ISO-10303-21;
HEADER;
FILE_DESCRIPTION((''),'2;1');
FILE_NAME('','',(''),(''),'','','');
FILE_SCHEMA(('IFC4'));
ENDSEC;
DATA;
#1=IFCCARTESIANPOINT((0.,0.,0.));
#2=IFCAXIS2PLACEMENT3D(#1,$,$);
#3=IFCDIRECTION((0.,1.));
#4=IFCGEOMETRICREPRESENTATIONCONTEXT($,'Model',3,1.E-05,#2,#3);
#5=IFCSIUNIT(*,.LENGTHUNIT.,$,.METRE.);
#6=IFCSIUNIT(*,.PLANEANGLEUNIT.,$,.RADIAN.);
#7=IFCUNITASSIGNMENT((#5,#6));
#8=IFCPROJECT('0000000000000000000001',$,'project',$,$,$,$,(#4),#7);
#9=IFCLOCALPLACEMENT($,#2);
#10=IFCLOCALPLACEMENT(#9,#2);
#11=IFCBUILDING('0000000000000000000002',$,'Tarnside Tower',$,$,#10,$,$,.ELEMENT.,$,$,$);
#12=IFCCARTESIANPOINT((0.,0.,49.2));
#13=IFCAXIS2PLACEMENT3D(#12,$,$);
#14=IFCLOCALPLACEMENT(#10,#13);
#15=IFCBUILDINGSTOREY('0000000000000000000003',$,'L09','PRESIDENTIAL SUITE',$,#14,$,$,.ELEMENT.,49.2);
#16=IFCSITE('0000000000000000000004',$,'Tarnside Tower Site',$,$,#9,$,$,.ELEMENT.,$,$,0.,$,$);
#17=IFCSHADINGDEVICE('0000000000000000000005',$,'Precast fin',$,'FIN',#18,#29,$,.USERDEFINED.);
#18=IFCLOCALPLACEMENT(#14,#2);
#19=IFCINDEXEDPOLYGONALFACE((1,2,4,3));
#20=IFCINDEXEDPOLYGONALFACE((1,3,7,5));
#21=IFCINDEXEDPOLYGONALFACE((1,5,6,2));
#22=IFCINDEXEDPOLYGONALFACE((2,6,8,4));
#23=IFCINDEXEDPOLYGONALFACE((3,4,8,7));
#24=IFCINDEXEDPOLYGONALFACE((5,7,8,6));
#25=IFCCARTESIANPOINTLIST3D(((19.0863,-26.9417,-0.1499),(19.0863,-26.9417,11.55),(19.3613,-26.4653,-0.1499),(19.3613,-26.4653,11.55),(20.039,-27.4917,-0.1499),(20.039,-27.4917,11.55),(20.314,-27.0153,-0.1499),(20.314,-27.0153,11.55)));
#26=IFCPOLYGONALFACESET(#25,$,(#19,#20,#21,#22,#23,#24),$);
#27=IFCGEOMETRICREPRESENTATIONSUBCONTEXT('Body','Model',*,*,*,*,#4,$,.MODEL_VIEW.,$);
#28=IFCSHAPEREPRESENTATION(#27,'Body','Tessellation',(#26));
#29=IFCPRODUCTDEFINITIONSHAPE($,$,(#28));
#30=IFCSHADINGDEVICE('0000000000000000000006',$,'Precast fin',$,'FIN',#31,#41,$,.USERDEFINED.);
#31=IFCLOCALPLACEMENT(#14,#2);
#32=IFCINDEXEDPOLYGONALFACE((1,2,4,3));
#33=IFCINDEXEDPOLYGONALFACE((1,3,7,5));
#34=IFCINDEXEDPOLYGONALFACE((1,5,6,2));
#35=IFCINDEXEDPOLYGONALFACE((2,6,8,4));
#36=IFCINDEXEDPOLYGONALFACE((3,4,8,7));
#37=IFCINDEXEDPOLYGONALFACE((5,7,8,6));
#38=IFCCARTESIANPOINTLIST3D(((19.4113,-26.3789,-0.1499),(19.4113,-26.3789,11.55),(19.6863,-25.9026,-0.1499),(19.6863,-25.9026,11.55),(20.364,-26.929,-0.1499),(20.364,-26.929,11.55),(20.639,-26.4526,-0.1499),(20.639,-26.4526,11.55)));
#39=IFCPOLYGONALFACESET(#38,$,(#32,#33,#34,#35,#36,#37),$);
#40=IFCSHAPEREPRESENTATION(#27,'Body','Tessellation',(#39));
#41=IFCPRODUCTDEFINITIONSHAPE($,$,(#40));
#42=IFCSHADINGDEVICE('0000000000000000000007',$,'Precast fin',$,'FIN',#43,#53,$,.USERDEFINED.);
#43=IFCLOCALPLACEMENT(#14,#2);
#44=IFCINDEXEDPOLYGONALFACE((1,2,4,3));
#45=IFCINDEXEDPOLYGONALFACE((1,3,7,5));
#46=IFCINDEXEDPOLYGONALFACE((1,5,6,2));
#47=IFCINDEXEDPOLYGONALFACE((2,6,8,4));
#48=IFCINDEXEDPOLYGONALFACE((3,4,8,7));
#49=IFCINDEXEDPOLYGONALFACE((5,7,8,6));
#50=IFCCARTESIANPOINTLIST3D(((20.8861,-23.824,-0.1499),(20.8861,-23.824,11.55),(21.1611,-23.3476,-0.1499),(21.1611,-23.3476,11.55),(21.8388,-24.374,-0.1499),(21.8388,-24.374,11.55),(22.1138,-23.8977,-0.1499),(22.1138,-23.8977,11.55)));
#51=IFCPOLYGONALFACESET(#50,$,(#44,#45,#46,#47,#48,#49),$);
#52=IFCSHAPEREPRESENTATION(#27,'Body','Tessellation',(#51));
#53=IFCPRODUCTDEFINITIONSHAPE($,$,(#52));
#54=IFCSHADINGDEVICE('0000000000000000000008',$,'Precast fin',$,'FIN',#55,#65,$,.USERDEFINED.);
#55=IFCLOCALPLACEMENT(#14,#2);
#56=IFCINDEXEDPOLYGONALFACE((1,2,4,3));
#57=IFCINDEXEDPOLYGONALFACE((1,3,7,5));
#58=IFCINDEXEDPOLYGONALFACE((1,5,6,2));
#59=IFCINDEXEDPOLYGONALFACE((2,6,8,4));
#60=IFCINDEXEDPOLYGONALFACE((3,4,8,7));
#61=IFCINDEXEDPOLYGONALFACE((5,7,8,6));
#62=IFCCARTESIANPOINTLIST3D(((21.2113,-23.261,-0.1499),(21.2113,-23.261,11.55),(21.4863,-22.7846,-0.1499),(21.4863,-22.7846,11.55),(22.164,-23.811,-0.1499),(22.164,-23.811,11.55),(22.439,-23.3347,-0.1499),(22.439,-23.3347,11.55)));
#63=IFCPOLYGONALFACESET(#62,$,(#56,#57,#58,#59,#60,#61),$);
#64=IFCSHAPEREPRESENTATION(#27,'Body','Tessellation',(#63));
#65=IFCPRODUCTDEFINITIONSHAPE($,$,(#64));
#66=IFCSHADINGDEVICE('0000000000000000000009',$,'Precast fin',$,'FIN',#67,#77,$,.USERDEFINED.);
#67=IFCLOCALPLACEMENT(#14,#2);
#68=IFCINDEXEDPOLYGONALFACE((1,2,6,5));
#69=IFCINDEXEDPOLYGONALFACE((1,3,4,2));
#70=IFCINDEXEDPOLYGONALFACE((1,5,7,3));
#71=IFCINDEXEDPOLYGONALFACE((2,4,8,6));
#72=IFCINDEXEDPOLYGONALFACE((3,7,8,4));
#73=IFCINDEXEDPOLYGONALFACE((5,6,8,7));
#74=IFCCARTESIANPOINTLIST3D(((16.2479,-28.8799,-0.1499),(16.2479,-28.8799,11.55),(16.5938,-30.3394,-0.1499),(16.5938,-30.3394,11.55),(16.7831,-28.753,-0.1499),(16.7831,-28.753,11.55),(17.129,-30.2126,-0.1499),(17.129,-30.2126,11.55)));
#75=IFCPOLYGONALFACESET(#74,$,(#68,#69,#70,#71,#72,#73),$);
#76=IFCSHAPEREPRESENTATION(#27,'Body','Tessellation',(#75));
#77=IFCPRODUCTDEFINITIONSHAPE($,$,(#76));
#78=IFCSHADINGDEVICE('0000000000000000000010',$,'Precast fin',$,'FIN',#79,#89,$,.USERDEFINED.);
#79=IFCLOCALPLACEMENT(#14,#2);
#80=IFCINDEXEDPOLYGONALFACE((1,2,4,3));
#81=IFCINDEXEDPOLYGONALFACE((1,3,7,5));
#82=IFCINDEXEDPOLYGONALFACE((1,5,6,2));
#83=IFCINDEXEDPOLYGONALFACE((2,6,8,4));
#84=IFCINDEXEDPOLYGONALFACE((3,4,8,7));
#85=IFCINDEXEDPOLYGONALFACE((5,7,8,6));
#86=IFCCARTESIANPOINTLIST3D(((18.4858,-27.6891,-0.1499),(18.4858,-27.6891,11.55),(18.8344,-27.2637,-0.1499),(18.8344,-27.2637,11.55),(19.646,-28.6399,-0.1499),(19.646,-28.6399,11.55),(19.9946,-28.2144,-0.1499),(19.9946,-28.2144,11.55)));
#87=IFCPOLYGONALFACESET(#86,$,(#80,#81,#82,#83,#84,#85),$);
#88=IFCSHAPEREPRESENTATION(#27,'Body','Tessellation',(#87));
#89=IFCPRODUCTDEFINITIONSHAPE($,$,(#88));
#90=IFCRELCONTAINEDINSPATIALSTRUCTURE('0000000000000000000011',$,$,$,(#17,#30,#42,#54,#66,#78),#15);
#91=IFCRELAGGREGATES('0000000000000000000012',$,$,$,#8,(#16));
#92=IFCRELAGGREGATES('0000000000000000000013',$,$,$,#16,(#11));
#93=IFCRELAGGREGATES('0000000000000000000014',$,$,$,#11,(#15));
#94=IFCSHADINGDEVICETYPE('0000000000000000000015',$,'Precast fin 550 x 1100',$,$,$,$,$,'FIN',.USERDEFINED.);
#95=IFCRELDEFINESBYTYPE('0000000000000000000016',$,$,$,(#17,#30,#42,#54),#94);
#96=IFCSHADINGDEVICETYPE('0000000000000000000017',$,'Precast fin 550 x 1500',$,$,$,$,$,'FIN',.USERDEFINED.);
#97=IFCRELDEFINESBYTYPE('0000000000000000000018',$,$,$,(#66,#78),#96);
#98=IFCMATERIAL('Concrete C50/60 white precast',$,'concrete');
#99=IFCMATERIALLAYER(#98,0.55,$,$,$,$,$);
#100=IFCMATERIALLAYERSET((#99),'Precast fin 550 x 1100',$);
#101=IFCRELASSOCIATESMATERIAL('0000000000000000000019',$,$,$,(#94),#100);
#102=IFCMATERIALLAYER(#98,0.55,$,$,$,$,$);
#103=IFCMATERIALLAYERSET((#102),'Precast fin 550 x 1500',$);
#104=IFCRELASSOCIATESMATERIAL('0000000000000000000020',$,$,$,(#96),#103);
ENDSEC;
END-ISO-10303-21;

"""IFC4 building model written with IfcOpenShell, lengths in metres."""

from ifc_helpers import new_model, si_unit, direction, frame, origin, place, context, subcontext, project, spatial, polyline, outline, extrude, material, layer, layer_set, type_object, element, save


model = new_model("IFC4")

# Units and contexts
model_context = context("Model", 3, precision=1e-05, world=origin(), true_north=direction((0.0, 1.0)))
body_context = subcontext(model_context, "Body", "Model", "MODEL_VIEW")
ifc_project = project(units=[si_unit("LENGTHUNIT", "METRE"), si_unit("PLANEANGLEUNIT", "RADIAN")], contexts=[model_context])

# Site, building, storey
site_placement = place(None, origin())
site = spatial("IfcSite", under=ifc_project, at=site_placement, Name="Tarnside Tower Site", CompositionType="ELEMENT", RefElevation=0.0)
building_placement = place(site_placement, origin())
building = spatial("IfcBuilding", under=site, at=building_placement, Name="Tarnside Tower", CompositionType="ELEMENT")
storey_placement = place(building_placement, frame((0.0, 0.0, 49.2)))
storey = spatial("IfcBuildingStorey", under=building, at=storey_placement, Name="L09", Description="PRESIDENTIAL SUITE", CompositionType="ELEMENT", Elevation=49.2)

# Shading devices
ifc_material_1 = material(Name="Concrete C50/60 white precast", Category="concrete")
ifc_layer_1 = layer(ifc_material_1, 0.55)
ifc_layer_set_1 = layer_set([ifc_layer_1], Name="Precast fin 550 x 1100")
shading_device_type_1 = type_object("IfcShadingDeviceType", Name="Precast fin 550 x 1100", ElementType="FIN", PredefinedType="USERDEFINED", material=ifc_layer_set_1)
for number, where, z_axis, x_axis, name in (
    (1, (19.2239, -26.7034, -0.1499), (-0.5, -0.866025, 0.0), (0.866025, -0.5, 0.0), "Precast fin"),
    (2, (19.5488, -26.1406, -0.1499), (-0.5, -0.866025, 0.0), (0.866025, -0.5, 0.0), "Precast fin"),
    (3, (21.0237, -23.5857, -0.1499), (-0.5, -0.866025, 0.0), (0.866025, -0.5, 0.0), "Precast fin"),
    (4, (21.3489, -23.0227, -0.1499), (-0.5, -0.866025, 0.0), (0.866025, -0.5, 0.0), "Precast fin"),
):
    element("IfcShadingDevice", number, at=place(storey_placement, frame(where, z_axis=z_axis, x_axis=x_axis)), inside=storey, type_object=shading_device_type_1, Name=name, ObjectType="FIN", PredefinedType="USERDEFINED", context=body_context, shape_type="SweptSolid", body=[
        extrude(outline(polyline([(0.0, 0.0), (1.1001, 0.0), (1.1001, 11.7), (0.0, 11.7), (0.0, 0.0)])), frame((0.0, 0.0, -0.2749)), (0.0, 0.0, 1.0), 0.55),
    ])
ifc_layer_2 = layer(ifc_material_1, 0.55)
ifc_layer_set_2 = layer_set([ifc_layer_2], Name="Precast fin 550 x 1500")
shading_device_type_2 = type_object("IfcShadingDeviceType", Name="Precast fin 550 x 1500", ElementType="FIN", PredefinedType="USERDEFINED", material=ifc_layer_set_2)
for number, where, z_axis, x_axis, name in (
    (5, (16.5156, -28.8164, -0.1499), (-0.973045, -0.230616, 0.0), (0.230616, -0.973045, 0.0), "Precast fin"),
    (6, (18.6602, -27.4763, -0.1499), (-0.633831, -0.773472, 0.0), (0.773472, -0.633831, 0.0), "Precast fin"),
):
    element("IfcShadingDevice", number, at=place(storey_placement, frame(where, z_axis=z_axis, x_axis=x_axis)), inside=storey, type_object=shading_device_type_2, Name=name, ObjectType="FIN", PredefinedType="USERDEFINED", context=body_context, shape_type="SweptSolid", body=[
        extrude(outline(polyline([(0.0, 0.0), (1.5, 0.0), (1.5, 11.7), (0.0, 11.7), (0.0, 0.0)])), frame((0.0, 0.0, -0.2749)), (0.0, 0.0, 1.0), 0.55),
    ])

save(model, "model.ifc")
